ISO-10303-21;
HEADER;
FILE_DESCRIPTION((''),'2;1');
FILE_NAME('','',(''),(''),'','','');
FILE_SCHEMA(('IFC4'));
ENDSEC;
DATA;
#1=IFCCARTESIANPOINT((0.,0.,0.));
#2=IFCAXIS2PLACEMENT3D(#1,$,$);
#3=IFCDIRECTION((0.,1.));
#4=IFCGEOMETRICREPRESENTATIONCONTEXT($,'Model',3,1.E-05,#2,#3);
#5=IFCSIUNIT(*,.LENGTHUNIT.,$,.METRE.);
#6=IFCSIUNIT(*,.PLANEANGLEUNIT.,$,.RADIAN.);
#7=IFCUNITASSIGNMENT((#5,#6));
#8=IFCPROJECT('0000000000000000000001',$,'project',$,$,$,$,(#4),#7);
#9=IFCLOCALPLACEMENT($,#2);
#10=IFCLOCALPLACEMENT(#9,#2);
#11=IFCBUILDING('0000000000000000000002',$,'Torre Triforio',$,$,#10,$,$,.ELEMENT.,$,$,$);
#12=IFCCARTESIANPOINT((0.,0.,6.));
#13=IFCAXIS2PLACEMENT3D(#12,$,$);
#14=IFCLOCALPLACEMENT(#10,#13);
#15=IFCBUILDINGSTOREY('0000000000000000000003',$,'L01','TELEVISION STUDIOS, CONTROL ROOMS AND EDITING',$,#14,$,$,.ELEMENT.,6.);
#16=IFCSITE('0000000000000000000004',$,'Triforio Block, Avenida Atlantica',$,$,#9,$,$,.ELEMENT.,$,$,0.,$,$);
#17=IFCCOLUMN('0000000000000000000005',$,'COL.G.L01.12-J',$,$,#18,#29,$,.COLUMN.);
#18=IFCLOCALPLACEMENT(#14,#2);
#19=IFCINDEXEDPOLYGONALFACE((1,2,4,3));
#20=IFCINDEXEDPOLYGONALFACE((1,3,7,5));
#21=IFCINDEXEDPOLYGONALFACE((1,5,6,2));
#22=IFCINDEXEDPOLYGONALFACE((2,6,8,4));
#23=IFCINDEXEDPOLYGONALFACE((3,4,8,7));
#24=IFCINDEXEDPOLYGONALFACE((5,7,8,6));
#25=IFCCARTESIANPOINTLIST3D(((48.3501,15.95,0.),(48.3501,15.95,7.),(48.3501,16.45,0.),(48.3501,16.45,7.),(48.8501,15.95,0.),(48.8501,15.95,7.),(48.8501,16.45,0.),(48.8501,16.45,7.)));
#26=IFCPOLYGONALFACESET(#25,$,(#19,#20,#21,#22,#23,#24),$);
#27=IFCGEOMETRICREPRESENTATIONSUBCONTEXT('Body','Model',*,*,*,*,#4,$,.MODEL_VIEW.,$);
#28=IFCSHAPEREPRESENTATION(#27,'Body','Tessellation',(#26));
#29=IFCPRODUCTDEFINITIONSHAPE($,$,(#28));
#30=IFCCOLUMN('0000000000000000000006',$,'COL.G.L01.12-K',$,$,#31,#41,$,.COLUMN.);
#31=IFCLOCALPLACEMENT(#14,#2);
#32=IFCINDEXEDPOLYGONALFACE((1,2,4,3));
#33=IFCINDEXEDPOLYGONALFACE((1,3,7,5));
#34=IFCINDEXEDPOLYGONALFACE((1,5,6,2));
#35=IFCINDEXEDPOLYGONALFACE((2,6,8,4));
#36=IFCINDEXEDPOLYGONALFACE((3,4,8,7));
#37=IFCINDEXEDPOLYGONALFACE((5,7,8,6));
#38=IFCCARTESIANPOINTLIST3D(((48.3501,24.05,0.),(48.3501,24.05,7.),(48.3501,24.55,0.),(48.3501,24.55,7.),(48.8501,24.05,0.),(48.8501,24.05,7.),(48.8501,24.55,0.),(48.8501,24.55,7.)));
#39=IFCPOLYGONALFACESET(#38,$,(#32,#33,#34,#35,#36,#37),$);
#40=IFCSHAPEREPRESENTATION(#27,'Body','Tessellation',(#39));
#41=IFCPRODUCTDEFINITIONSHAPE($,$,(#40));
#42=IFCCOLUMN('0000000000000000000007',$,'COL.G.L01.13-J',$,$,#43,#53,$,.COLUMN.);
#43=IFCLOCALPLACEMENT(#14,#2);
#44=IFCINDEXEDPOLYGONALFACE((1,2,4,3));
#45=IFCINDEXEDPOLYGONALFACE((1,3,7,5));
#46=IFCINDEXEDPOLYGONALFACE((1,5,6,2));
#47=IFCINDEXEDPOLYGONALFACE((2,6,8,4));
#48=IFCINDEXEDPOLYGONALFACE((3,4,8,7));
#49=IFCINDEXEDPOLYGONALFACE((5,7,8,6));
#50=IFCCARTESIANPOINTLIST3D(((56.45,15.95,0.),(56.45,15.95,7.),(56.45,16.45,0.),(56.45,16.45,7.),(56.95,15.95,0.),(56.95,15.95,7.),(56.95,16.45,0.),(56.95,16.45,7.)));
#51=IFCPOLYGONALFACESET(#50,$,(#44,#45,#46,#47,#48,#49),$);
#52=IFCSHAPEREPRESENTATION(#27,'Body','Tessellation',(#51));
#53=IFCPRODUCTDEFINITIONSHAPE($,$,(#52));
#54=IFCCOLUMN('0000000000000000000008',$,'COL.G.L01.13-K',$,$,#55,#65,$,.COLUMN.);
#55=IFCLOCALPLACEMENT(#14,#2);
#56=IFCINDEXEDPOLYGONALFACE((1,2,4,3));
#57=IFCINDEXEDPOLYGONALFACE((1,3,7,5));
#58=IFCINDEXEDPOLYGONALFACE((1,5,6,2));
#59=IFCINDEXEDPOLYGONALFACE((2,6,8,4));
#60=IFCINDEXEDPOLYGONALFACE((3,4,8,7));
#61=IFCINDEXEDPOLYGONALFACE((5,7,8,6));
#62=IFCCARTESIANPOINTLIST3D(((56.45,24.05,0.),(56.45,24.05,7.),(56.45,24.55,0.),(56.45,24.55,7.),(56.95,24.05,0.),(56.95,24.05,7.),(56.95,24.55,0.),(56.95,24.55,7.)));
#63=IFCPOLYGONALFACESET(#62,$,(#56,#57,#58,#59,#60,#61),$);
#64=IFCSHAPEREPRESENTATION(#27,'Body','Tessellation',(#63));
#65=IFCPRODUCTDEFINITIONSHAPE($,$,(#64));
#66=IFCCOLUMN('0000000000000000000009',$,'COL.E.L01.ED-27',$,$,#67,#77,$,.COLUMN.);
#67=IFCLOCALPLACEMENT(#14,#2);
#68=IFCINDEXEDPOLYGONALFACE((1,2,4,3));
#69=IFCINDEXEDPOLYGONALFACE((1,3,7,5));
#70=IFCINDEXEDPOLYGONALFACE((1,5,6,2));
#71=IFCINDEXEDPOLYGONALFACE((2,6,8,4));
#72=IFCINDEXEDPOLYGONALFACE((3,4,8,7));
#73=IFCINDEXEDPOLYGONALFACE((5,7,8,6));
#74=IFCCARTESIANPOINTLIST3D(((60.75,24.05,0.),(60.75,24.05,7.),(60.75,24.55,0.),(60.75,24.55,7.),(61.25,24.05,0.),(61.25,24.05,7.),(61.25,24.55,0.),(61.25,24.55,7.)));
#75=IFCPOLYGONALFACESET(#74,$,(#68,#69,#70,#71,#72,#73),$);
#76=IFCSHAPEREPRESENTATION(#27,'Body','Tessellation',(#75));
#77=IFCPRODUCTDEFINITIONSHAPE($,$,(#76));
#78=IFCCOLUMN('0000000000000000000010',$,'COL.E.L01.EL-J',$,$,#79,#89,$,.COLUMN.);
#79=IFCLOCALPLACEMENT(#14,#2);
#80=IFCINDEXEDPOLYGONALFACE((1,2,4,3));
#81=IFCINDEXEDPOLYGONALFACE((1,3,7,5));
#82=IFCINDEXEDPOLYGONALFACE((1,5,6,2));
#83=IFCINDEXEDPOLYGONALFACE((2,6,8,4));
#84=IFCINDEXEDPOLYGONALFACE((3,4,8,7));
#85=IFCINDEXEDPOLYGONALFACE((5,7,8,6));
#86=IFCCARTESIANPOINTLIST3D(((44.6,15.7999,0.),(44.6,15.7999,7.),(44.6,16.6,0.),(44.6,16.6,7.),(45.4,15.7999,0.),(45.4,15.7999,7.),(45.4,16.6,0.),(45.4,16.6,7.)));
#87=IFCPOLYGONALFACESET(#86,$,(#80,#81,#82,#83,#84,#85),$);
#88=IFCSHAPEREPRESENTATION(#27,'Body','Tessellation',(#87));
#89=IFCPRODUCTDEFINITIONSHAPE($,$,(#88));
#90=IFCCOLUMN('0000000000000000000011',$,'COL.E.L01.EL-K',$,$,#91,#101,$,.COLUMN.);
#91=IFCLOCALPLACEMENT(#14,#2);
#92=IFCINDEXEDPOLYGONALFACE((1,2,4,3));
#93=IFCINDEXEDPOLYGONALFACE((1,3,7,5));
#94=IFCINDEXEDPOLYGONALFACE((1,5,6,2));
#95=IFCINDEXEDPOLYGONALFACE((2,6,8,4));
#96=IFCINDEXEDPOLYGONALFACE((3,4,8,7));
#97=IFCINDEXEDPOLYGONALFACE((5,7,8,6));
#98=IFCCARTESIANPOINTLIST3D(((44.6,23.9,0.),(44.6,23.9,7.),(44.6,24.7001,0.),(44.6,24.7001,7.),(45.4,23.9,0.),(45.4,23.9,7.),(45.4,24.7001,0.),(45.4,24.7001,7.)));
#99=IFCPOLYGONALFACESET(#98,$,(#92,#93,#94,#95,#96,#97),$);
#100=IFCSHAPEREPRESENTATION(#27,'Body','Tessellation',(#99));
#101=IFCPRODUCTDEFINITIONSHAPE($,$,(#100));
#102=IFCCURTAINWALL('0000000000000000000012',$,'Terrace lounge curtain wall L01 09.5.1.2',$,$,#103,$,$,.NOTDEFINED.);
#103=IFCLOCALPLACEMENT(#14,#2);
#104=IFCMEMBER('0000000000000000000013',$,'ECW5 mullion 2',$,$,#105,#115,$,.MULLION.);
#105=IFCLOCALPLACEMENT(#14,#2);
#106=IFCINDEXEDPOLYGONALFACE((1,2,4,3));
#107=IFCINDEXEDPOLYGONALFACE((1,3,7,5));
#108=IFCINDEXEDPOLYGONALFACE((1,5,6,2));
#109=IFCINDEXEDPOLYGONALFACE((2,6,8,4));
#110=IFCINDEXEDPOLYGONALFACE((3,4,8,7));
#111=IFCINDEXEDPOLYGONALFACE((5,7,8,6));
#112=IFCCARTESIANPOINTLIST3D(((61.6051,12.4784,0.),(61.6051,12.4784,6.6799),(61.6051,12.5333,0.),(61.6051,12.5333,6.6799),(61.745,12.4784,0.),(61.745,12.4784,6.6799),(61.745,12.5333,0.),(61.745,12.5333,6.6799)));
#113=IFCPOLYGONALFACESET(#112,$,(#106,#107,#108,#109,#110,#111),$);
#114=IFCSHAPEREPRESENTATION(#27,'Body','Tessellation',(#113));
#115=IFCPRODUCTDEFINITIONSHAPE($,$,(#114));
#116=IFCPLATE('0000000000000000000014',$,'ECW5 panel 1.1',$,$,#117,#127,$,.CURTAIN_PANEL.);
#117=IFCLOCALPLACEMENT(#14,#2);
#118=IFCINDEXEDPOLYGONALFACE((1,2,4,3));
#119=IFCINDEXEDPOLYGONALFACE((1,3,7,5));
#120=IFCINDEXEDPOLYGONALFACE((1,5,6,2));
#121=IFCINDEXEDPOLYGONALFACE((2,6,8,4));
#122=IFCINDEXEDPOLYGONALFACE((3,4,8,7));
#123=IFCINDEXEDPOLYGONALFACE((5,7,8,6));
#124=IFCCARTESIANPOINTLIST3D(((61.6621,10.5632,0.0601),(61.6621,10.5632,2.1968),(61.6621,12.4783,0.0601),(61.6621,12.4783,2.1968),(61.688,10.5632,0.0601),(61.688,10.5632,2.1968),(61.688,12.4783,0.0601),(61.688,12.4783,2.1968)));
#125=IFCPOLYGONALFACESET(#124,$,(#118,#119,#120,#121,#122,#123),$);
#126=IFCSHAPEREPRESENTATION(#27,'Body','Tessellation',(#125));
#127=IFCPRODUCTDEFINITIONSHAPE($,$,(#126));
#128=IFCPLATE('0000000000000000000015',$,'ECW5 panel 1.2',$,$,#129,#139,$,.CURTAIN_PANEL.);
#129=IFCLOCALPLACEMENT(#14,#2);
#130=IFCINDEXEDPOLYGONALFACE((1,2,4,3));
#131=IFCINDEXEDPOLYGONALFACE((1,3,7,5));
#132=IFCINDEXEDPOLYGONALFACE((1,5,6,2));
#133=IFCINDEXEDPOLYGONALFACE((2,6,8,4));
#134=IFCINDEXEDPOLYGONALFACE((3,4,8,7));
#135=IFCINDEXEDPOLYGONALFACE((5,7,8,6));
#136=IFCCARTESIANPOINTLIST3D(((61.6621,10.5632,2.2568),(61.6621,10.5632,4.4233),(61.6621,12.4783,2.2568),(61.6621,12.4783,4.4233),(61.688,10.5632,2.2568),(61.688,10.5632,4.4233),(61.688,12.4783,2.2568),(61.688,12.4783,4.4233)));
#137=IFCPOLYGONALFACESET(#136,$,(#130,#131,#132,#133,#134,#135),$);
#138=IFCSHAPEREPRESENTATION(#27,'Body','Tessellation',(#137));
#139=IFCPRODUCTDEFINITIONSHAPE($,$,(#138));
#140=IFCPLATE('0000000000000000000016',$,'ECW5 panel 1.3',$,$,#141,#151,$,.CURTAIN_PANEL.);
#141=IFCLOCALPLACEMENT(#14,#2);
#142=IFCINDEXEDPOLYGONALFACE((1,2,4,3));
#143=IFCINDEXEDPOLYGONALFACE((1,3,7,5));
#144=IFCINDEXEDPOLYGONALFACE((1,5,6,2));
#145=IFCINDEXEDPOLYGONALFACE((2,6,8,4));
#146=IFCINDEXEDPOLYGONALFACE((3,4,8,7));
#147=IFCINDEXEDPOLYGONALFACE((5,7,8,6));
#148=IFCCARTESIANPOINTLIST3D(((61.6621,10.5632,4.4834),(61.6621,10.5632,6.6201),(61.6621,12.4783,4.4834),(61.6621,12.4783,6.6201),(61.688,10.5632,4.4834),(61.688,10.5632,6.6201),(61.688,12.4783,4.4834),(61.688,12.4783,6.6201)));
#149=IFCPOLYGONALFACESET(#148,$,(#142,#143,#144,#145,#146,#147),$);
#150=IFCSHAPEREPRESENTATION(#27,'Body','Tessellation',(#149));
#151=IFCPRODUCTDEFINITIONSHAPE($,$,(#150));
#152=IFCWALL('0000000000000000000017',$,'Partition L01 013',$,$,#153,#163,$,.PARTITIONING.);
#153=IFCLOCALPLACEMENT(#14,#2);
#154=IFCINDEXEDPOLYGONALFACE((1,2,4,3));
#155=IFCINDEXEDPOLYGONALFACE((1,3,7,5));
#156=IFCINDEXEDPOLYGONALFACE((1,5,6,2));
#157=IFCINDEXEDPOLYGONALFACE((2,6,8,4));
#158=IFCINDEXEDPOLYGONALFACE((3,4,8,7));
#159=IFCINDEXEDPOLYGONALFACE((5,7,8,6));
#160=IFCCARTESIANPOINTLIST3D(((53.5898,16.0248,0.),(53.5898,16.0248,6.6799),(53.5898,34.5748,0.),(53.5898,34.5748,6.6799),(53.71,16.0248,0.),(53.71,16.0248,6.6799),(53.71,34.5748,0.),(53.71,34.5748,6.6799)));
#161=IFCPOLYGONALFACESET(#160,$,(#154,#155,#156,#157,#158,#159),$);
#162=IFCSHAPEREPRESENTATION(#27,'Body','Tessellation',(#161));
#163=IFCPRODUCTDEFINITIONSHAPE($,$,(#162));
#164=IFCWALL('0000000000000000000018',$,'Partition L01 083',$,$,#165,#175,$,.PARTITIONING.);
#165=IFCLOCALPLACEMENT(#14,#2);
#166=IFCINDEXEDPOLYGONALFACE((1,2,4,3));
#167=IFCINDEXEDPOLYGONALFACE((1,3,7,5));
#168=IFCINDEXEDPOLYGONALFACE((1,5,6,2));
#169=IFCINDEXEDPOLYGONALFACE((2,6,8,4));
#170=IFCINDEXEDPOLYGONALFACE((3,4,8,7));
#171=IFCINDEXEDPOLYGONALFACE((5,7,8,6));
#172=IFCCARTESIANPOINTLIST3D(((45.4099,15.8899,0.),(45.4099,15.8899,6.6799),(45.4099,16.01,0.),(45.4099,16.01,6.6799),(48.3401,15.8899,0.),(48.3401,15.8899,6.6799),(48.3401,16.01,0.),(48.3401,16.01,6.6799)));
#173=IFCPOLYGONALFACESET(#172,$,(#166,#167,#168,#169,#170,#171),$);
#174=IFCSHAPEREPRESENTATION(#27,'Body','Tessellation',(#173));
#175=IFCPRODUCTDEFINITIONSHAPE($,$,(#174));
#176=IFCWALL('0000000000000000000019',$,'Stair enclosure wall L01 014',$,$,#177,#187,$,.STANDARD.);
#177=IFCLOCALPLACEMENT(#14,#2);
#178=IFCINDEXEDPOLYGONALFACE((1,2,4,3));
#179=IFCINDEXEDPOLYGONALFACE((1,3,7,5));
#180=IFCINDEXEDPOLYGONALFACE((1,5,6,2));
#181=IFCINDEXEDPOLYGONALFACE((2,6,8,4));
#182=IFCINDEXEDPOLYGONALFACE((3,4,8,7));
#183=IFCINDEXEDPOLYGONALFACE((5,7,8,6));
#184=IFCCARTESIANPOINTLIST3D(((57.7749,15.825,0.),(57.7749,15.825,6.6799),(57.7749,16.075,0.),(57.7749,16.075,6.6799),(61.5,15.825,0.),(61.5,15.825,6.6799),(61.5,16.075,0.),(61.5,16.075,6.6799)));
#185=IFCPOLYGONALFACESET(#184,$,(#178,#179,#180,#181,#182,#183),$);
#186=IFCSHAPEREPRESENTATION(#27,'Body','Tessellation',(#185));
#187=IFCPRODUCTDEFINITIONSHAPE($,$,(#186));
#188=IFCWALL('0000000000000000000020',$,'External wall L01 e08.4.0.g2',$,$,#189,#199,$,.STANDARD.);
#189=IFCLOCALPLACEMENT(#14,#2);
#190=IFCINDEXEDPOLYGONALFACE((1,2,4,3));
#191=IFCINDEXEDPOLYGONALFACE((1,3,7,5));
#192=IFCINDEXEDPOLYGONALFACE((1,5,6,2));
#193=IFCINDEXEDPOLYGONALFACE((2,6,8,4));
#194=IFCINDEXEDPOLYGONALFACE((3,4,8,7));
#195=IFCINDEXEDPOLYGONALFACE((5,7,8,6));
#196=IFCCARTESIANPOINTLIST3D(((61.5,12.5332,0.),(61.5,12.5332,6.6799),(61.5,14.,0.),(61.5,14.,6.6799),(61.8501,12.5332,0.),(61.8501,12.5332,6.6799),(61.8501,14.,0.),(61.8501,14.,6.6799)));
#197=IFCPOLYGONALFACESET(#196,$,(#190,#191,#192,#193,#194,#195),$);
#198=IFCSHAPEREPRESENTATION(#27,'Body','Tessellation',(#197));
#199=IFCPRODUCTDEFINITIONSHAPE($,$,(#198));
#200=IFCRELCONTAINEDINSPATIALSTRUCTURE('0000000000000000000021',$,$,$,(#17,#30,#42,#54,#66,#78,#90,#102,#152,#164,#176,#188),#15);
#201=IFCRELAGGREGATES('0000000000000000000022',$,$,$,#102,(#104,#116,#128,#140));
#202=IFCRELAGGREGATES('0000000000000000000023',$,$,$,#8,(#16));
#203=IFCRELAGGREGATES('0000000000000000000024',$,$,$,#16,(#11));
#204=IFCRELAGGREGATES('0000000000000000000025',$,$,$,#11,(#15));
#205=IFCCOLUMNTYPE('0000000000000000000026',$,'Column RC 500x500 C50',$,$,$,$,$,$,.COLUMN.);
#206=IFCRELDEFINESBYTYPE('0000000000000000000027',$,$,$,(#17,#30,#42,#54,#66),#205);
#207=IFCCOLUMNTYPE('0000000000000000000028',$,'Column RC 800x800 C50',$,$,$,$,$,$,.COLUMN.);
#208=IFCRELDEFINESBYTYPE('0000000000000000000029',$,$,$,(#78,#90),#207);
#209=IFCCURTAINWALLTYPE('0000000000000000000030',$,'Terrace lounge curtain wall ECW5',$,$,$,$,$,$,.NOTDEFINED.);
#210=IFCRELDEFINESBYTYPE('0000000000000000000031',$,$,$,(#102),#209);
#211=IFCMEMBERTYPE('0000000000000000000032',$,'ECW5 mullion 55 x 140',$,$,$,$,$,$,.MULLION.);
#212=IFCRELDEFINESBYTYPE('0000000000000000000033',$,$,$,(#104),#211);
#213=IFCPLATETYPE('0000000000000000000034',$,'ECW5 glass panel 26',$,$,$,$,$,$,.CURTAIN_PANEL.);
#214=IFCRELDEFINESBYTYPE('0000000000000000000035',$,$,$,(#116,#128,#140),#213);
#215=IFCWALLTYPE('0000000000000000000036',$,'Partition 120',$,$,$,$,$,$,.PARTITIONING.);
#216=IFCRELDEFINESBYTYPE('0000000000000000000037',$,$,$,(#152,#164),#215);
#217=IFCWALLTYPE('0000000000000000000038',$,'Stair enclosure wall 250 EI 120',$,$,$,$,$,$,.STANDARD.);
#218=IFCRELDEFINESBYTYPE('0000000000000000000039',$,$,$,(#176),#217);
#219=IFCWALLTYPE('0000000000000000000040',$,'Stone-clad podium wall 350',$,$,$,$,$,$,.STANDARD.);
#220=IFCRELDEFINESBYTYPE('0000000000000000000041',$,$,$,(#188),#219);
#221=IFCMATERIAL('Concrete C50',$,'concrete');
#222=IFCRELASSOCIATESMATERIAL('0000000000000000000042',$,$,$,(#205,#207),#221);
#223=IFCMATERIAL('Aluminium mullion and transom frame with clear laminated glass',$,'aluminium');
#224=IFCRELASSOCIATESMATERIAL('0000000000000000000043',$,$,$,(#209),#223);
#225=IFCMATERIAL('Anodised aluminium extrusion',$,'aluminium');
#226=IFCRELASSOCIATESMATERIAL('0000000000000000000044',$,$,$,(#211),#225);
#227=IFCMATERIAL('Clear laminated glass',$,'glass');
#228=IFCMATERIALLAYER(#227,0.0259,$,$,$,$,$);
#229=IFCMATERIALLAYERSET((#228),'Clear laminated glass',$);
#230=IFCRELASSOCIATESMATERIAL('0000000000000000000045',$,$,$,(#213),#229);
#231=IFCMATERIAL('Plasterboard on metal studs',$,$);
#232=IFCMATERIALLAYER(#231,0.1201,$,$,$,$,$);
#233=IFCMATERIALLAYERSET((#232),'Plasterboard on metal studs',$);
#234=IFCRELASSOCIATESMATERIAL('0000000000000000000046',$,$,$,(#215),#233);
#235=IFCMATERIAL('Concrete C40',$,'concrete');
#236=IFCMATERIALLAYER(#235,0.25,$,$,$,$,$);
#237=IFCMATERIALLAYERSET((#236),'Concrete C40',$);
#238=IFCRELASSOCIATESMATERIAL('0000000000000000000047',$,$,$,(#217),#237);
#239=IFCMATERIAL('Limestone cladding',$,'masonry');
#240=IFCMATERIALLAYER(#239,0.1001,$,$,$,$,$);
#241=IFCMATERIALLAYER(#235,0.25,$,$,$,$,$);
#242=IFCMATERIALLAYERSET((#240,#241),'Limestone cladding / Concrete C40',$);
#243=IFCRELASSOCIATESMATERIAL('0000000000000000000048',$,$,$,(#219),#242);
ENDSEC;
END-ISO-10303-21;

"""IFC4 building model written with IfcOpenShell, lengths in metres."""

from ifc_helpers import new_model, si_unit, direction, frame, frame_2d, origin, origin_2d, place, context, subcontext, project, spatial, rectangle, extrude, material, layer, layer_set, material_profile, profile_set, type_object, element, aggregate, save


model = new_model("IFC4")

# Units and contexts
model_context = context("Model", 3, precision=1e-05, world=origin(), true_north=direction((0.0, 1.0)))
body_context = subcontext(model_context, "Body", "Model", "MODEL_VIEW")
ifc_project = project(units=[si_unit("LENGTHUNIT", "METRE"), si_unit("PLANEANGLEUNIT", "RADIAN")], contexts=[model_context])

# Site, building, storey
site_placement = place(None, origin())
site = spatial("IfcSite", under=ifc_project, at=site_placement, Name="Triforio Block, Avenida Atlantica", CompositionType="ELEMENT", RefElevation=0.0)
building_placement = place(site_placement, origin())
building = spatial("IfcBuilding", under=site, at=building_placement, Name="Torre Triforio", CompositionType="ELEMENT")
storey_placement = place(building_placement, frame((0.0, 0.0, 6.0)))
storey = spatial("IfcBuildingStorey", under=building, at=storey_placement, Name="L01", Description="TELEVISION STUDIOS, CONTROL ROOMS AND EDITING", CompositionType="ELEMENT", Elevation=6.0)

# Columns
ifc_material_1 = material(Name="Concrete C50", Category="concrete")
ifc_material_profile_1 = material_profile(ifc_material_1, rectangle(XDim=0.5, YDim=0.5, at=origin_2d()), Name="RC 500x500")
ifc_profile_set_1 = profile_set([ifc_material_profile_1], Name="Concrete C50")
column_type_1 = type_object("IfcColumnType", Name="Column RC 500x500 C50", PredefinedType="COLUMN", material=ifc_profile_set_1)
for number, where, z_axis, x_axis, name in (
    (1, (48.6001, 16.2, 0.0), (0.0, 0.0, 1.0), (1.0, 0.0, 0.0), "COL.G.L01.12-J"),
    (2, (48.6001, 24.3, 0.0), (0.0, 0.0, 1.0), (1.0, 0.0, 0.0), "COL.G.L01.12-K"),
    (3, (56.7, 16.2, 0.0), (0.0, 0.0, 1.0), (1.0, 0.0, 0.0), "COL.G.L01.13-J"),
    (4, (56.7, 24.3, 0.0), (0.0, 0.0, 1.0), (1.0, 0.0, 0.0), "COL.G.L01.13-K"),
    (5, (61.0, 24.3, 0.0), (0.0, 0.0, 1.0), (1.0, 0.0, 0.0), "COL.E.L01.ED-27"),
):
    element("IfcColumn", number, at=place(storey_placement, frame(where, z_axis=z_axis, x_axis=x_axis)), inside=storey, type_object=column_type_1, Name=name, PredefinedType="COLUMN", context=body_context, shape_type="SweptSolid", body=[
        extrude(rectangle(XDim=0.5, YDim=0.5, at=origin_2d()), origin(), (0.0, 0.0, 1.0), 7.0),
    ])
ifc_material_profile_2 = material_profile(ifc_material_1, rectangle(XDim=0.8, YDim=0.8, at=origin_2d()), Name="RC 800x800")
ifc_profile_set_2 = profile_set([ifc_material_profile_2], Name="Concrete C50")
column_type_2 = type_object("IfcColumnType", Name="Column RC 800x800 C50", PredefinedType="COLUMN", material=ifc_profile_set_2)
for number, where, z_axis, x_axis, name in (
    (6, (45.0, 16.2, 0.0), (0.0, 0.0, 1.0), (1.0, 0.0, 0.0), "COL.E.L01.EL-J"),
    (7, (45.0, 24.3, 0.0), (0.0, 0.0, 1.0), (1.0, 0.0, 0.0), "COL.E.L01.EL-K"),
):
    element("IfcColumn", number, at=place(storey_placement, frame(where, z_axis=z_axis, x_axis=x_axis)), inside=storey, type_object=column_type_2, Name=name, PredefinedType="COLUMN", context=body_context, shape_type="SweptSolid", body=[
        extrude(rectangle(XDim=0.8, YDim=0.8, at=origin_2d()), origin(), (0.0, 0.0, 1.0), 7.0),
    ])

# Curtain wall, member, plates
ifc_material_2 = material(Name="Aluminium mullion and transom frame with clear laminated glass", Category="aluminium")
curtain_wall_type = type_object("IfcCurtainWallType", Name="Terrace lounge curtain wall ECW5", PredefinedType="NOTDEFINED", material=ifc_material_2)
curtain_wall_placement = place(storey_placement, origin())
curtain_wall = element("IfcCurtainWall", 8, at=curtain_wall_placement, inside=storey, type_object=curtain_wall_type, Name="Terrace lounge curtain wall L01 09.5.1.2", PredefinedType="NOTDEFINED")
ifc_material_3 = material(Name="Anodised aluminium extrusion", Category="aluminium")
ifc_material_profile_3 = material_profile(ifc_material_3, rectangle(XDim=0.1399, YDim=0.0549, at=origin_2d()), Name="ECW5 MULLION 55x140")
ifc_profile_set_3 = profile_set([ifc_material_profile_3], Name="Anodised aluminium extrusion")
member_type = type_object("IfcMemberType", Name="ECW5 mullion 55 x 140", PredefinedType="MULLION", material=ifc_profile_set_3)
member_placement = place(storey_placement, frame((61.675, 12.5059, 0.0), z_axis=(0.0, 0.0, 1.0), x_axis=(-1.0, 0.0, 0.0)))
member = element("IfcMember", 9, at=member_placement, type_object=member_type, Name="ECW5 mullion 2", PredefinedType="MULLION", context=body_context, shape_type="SweptSolid", body=[
    extrude(rectangle(XDim=0.1399, YDim=0.0549, at=origin_2d()), origin(), (0.0, 0.0, 1.0), 6.6799),
])
ifc_material_4 = material(Name="Clear laminated glass", Category="glass")
ifc_layer_1 = layer(ifc_material_4, 0.0259)
ifc_layer_set_1 = layer_set([ifc_layer_1], Name="Clear laminated glass")
plate_type = type_object("IfcPlateType", Name="ECW5 glass panel 26", PredefinedType="CURTAIN_PANEL", material=ifc_layer_set_1)
plate_1_placement = place(storey_placement, frame((61.675, 11.5208, 0.0601), z_axis=(0.0, 0.0, 1.0), x_axis=(0.0, 1.0, 0.0)))
plate_1 = element("IfcPlate", 10, at=plate_1_placement, type_object=plate_type, Name="ECW5 panel 1.1", PredefinedType="CURTAIN_PANEL", context=body_context, shape_type="SweptSolid", body=[
    extrude(rectangle(XDim=1.915, YDim=0.0259, at=origin_2d()), origin(), (0.0, 0.0, 1.0), 2.1367),
])
plate_2_placement = place(storey_placement, frame((61.675, 11.5208, 2.2568), z_axis=(0.0, 0.0, 1.0), x_axis=(0.0, 1.0, 0.0)))
plate_2 = element("IfcPlate", 11, at=plate_2_placement, type_object=plate_type, Name="ECW5 panel 1.2", PredefinedType="CURTAIN_PANEL", context=body_context, shape_type="SweptSolid", body=[
    extrude(rectangle(XDim=1.915, YDim=0.0259, at=origin_2d()), origin(), (0.0, 0.0, 1.0), 2.1665),
])
plate_3_placement = place(storey_placement, frame((61.675, 11.5208, 4.4834), z_axis=(0.0, 0.0, 1.0), x_axis=(0.0, 1.0, 0.0)))
plate_3 = element("IfcPlate", 12, at=plate_3_placement, type_object=plate_type, Name="ECW5 panel 1.3", PredefinedType="CURTAIN_PANEL", context=body_context, shape_type="SweptSolid", body=[
    extrude(rectangle(XDim=1.915, YDim=0.0259, at=origin_2d()), origin(), (0.0, 0.0, 1.0), 2.1367),
])
aggregate(curtain_wall, [member, plate_1, plate_2, plate_3])

# Walls
ifc_material_5 = material(Name="Plasterboard on metal studs")
ifc_layer_2 = layer(ifc_material_5, 0.1201)
ifc_layer_set_2 = layer_set([ifc_layer_2], Name="Plasterboard on metal studs")
wall_type_1 = type_object("IfcWallType", Name="Partition 120", PredefinedType="PARTITIONING", material=ifc_layer_set_2)
wall_1_placement = place(storey_placement, frame((53.6499, 16.0249, 0.0), z_axis=(0.0, 0.0, 1.0), x_axis=(0.0, 1.0, 0.0)))
element("IfcWall", 13, at=wall_1_placement, inside=storey, type_object=wall_type_1, Name="Partition L01 013", PredefinedType="PARTITIONING", context=body_context, shape_type="SweptSolid", body=[
    extrude(rectangle(XDim=18.55, YDim=0.1201, at=frame_2d((9.2749, 0.0))), origin(), (0.0, 0.0, 1.0), 6.6799),
])
wall_2_placement = place(storey_placement, frame((45.4099, 15.95, 0.0), z_axis=(0.0, 0.0, 1.0), x_axis=(1.0, 0.0, 0.0)))
element("IfcWall", 14, at=wall_2_placement, inside=storey, type_object=wall_type_1, Name="Partition L01 083", PredefinedType="PARTITIONING", context=body_context, shape_type="SweptSolid", body=[
    extrude(rectangle(XDim=2.9302, YDim=0.1201, at=frame_2d((1.4651, 0.0))), origin(), (0.0, 0.0, 1.0), 6.6799),
])
ifc_material_6 = material(Name="Concrete C40", Category="concrete")
ifc_layer_3 = layer(ifc_material_6, 0.25)
ifc_layer_set_3 = layer_set([ifc_layer_3], Name="Concrete C40")
wall_type_2 = type_object("IfcWallType", Name="Stair enclosure wall 250 EI 120", PredefinedType="STANDARD", material=ifc_layer_set_3)
wall_3_placement = place(storey_placement, frame((57.7749, 15.95, 0.0), z_axis=(0.0, 0.0, 1.0), x_axis=(1.0, 0.0, 0.0)))
element("IfcWall", 15, at=wall_3_placement, inside=storey, type_object=wall_type_2, Name="Stair enclosure wall L01 014", PredefinedType="STANDARD", context=body_context, shape_type="SweptSolid", body=[
    extrude(rectangle(XDim=3.7251, YDim=0.25, at=frame_2d((1.8625, 0.0))), origin(), (0.0, 0.0, 1.0), 6.6799),
])
ifc_material_7 = material(Name="Limestone cladding", Category="masonry")
ifc_layer_4 = layer(ifc_material_7, 0.1001)
ifc_layer_5 = layer(ifc_material_6, 0.25)
ifc_layer_set_4 = layer_set([ifc_layer_4, ifc_layer_5], Name="Limestone cladding / Concrete C40")
wall_type_3 = type_object("IfcWallType", Name="Stone-clad podium wall 350", PredefinedType="STANDARD", material=ifc_layer_set_4)
wall_4_placement = place(storey_placement, frame((61.675, 12.5332, 0.0), z_axis=(0.0, 0.0, 1.0), x_axis=(0.0, 1.0, 0.0)))
element("IfcWall", 16, at=wall_4_placement, inside=storey, type_object=wall_type_3, Name="External wall L01 e08.4.0.g2", PredefinedType="STANDARD", context=body_context, shape_type="SweptSolid", body=[
    extrude(rectangle(XDim=1.4668, YDim=0.3501, at=frame_2d((0.7334, 0.0))), origin(), (0.0, 0.0, 1.0), 6.6799),
])

save(model, "model.ifc")
